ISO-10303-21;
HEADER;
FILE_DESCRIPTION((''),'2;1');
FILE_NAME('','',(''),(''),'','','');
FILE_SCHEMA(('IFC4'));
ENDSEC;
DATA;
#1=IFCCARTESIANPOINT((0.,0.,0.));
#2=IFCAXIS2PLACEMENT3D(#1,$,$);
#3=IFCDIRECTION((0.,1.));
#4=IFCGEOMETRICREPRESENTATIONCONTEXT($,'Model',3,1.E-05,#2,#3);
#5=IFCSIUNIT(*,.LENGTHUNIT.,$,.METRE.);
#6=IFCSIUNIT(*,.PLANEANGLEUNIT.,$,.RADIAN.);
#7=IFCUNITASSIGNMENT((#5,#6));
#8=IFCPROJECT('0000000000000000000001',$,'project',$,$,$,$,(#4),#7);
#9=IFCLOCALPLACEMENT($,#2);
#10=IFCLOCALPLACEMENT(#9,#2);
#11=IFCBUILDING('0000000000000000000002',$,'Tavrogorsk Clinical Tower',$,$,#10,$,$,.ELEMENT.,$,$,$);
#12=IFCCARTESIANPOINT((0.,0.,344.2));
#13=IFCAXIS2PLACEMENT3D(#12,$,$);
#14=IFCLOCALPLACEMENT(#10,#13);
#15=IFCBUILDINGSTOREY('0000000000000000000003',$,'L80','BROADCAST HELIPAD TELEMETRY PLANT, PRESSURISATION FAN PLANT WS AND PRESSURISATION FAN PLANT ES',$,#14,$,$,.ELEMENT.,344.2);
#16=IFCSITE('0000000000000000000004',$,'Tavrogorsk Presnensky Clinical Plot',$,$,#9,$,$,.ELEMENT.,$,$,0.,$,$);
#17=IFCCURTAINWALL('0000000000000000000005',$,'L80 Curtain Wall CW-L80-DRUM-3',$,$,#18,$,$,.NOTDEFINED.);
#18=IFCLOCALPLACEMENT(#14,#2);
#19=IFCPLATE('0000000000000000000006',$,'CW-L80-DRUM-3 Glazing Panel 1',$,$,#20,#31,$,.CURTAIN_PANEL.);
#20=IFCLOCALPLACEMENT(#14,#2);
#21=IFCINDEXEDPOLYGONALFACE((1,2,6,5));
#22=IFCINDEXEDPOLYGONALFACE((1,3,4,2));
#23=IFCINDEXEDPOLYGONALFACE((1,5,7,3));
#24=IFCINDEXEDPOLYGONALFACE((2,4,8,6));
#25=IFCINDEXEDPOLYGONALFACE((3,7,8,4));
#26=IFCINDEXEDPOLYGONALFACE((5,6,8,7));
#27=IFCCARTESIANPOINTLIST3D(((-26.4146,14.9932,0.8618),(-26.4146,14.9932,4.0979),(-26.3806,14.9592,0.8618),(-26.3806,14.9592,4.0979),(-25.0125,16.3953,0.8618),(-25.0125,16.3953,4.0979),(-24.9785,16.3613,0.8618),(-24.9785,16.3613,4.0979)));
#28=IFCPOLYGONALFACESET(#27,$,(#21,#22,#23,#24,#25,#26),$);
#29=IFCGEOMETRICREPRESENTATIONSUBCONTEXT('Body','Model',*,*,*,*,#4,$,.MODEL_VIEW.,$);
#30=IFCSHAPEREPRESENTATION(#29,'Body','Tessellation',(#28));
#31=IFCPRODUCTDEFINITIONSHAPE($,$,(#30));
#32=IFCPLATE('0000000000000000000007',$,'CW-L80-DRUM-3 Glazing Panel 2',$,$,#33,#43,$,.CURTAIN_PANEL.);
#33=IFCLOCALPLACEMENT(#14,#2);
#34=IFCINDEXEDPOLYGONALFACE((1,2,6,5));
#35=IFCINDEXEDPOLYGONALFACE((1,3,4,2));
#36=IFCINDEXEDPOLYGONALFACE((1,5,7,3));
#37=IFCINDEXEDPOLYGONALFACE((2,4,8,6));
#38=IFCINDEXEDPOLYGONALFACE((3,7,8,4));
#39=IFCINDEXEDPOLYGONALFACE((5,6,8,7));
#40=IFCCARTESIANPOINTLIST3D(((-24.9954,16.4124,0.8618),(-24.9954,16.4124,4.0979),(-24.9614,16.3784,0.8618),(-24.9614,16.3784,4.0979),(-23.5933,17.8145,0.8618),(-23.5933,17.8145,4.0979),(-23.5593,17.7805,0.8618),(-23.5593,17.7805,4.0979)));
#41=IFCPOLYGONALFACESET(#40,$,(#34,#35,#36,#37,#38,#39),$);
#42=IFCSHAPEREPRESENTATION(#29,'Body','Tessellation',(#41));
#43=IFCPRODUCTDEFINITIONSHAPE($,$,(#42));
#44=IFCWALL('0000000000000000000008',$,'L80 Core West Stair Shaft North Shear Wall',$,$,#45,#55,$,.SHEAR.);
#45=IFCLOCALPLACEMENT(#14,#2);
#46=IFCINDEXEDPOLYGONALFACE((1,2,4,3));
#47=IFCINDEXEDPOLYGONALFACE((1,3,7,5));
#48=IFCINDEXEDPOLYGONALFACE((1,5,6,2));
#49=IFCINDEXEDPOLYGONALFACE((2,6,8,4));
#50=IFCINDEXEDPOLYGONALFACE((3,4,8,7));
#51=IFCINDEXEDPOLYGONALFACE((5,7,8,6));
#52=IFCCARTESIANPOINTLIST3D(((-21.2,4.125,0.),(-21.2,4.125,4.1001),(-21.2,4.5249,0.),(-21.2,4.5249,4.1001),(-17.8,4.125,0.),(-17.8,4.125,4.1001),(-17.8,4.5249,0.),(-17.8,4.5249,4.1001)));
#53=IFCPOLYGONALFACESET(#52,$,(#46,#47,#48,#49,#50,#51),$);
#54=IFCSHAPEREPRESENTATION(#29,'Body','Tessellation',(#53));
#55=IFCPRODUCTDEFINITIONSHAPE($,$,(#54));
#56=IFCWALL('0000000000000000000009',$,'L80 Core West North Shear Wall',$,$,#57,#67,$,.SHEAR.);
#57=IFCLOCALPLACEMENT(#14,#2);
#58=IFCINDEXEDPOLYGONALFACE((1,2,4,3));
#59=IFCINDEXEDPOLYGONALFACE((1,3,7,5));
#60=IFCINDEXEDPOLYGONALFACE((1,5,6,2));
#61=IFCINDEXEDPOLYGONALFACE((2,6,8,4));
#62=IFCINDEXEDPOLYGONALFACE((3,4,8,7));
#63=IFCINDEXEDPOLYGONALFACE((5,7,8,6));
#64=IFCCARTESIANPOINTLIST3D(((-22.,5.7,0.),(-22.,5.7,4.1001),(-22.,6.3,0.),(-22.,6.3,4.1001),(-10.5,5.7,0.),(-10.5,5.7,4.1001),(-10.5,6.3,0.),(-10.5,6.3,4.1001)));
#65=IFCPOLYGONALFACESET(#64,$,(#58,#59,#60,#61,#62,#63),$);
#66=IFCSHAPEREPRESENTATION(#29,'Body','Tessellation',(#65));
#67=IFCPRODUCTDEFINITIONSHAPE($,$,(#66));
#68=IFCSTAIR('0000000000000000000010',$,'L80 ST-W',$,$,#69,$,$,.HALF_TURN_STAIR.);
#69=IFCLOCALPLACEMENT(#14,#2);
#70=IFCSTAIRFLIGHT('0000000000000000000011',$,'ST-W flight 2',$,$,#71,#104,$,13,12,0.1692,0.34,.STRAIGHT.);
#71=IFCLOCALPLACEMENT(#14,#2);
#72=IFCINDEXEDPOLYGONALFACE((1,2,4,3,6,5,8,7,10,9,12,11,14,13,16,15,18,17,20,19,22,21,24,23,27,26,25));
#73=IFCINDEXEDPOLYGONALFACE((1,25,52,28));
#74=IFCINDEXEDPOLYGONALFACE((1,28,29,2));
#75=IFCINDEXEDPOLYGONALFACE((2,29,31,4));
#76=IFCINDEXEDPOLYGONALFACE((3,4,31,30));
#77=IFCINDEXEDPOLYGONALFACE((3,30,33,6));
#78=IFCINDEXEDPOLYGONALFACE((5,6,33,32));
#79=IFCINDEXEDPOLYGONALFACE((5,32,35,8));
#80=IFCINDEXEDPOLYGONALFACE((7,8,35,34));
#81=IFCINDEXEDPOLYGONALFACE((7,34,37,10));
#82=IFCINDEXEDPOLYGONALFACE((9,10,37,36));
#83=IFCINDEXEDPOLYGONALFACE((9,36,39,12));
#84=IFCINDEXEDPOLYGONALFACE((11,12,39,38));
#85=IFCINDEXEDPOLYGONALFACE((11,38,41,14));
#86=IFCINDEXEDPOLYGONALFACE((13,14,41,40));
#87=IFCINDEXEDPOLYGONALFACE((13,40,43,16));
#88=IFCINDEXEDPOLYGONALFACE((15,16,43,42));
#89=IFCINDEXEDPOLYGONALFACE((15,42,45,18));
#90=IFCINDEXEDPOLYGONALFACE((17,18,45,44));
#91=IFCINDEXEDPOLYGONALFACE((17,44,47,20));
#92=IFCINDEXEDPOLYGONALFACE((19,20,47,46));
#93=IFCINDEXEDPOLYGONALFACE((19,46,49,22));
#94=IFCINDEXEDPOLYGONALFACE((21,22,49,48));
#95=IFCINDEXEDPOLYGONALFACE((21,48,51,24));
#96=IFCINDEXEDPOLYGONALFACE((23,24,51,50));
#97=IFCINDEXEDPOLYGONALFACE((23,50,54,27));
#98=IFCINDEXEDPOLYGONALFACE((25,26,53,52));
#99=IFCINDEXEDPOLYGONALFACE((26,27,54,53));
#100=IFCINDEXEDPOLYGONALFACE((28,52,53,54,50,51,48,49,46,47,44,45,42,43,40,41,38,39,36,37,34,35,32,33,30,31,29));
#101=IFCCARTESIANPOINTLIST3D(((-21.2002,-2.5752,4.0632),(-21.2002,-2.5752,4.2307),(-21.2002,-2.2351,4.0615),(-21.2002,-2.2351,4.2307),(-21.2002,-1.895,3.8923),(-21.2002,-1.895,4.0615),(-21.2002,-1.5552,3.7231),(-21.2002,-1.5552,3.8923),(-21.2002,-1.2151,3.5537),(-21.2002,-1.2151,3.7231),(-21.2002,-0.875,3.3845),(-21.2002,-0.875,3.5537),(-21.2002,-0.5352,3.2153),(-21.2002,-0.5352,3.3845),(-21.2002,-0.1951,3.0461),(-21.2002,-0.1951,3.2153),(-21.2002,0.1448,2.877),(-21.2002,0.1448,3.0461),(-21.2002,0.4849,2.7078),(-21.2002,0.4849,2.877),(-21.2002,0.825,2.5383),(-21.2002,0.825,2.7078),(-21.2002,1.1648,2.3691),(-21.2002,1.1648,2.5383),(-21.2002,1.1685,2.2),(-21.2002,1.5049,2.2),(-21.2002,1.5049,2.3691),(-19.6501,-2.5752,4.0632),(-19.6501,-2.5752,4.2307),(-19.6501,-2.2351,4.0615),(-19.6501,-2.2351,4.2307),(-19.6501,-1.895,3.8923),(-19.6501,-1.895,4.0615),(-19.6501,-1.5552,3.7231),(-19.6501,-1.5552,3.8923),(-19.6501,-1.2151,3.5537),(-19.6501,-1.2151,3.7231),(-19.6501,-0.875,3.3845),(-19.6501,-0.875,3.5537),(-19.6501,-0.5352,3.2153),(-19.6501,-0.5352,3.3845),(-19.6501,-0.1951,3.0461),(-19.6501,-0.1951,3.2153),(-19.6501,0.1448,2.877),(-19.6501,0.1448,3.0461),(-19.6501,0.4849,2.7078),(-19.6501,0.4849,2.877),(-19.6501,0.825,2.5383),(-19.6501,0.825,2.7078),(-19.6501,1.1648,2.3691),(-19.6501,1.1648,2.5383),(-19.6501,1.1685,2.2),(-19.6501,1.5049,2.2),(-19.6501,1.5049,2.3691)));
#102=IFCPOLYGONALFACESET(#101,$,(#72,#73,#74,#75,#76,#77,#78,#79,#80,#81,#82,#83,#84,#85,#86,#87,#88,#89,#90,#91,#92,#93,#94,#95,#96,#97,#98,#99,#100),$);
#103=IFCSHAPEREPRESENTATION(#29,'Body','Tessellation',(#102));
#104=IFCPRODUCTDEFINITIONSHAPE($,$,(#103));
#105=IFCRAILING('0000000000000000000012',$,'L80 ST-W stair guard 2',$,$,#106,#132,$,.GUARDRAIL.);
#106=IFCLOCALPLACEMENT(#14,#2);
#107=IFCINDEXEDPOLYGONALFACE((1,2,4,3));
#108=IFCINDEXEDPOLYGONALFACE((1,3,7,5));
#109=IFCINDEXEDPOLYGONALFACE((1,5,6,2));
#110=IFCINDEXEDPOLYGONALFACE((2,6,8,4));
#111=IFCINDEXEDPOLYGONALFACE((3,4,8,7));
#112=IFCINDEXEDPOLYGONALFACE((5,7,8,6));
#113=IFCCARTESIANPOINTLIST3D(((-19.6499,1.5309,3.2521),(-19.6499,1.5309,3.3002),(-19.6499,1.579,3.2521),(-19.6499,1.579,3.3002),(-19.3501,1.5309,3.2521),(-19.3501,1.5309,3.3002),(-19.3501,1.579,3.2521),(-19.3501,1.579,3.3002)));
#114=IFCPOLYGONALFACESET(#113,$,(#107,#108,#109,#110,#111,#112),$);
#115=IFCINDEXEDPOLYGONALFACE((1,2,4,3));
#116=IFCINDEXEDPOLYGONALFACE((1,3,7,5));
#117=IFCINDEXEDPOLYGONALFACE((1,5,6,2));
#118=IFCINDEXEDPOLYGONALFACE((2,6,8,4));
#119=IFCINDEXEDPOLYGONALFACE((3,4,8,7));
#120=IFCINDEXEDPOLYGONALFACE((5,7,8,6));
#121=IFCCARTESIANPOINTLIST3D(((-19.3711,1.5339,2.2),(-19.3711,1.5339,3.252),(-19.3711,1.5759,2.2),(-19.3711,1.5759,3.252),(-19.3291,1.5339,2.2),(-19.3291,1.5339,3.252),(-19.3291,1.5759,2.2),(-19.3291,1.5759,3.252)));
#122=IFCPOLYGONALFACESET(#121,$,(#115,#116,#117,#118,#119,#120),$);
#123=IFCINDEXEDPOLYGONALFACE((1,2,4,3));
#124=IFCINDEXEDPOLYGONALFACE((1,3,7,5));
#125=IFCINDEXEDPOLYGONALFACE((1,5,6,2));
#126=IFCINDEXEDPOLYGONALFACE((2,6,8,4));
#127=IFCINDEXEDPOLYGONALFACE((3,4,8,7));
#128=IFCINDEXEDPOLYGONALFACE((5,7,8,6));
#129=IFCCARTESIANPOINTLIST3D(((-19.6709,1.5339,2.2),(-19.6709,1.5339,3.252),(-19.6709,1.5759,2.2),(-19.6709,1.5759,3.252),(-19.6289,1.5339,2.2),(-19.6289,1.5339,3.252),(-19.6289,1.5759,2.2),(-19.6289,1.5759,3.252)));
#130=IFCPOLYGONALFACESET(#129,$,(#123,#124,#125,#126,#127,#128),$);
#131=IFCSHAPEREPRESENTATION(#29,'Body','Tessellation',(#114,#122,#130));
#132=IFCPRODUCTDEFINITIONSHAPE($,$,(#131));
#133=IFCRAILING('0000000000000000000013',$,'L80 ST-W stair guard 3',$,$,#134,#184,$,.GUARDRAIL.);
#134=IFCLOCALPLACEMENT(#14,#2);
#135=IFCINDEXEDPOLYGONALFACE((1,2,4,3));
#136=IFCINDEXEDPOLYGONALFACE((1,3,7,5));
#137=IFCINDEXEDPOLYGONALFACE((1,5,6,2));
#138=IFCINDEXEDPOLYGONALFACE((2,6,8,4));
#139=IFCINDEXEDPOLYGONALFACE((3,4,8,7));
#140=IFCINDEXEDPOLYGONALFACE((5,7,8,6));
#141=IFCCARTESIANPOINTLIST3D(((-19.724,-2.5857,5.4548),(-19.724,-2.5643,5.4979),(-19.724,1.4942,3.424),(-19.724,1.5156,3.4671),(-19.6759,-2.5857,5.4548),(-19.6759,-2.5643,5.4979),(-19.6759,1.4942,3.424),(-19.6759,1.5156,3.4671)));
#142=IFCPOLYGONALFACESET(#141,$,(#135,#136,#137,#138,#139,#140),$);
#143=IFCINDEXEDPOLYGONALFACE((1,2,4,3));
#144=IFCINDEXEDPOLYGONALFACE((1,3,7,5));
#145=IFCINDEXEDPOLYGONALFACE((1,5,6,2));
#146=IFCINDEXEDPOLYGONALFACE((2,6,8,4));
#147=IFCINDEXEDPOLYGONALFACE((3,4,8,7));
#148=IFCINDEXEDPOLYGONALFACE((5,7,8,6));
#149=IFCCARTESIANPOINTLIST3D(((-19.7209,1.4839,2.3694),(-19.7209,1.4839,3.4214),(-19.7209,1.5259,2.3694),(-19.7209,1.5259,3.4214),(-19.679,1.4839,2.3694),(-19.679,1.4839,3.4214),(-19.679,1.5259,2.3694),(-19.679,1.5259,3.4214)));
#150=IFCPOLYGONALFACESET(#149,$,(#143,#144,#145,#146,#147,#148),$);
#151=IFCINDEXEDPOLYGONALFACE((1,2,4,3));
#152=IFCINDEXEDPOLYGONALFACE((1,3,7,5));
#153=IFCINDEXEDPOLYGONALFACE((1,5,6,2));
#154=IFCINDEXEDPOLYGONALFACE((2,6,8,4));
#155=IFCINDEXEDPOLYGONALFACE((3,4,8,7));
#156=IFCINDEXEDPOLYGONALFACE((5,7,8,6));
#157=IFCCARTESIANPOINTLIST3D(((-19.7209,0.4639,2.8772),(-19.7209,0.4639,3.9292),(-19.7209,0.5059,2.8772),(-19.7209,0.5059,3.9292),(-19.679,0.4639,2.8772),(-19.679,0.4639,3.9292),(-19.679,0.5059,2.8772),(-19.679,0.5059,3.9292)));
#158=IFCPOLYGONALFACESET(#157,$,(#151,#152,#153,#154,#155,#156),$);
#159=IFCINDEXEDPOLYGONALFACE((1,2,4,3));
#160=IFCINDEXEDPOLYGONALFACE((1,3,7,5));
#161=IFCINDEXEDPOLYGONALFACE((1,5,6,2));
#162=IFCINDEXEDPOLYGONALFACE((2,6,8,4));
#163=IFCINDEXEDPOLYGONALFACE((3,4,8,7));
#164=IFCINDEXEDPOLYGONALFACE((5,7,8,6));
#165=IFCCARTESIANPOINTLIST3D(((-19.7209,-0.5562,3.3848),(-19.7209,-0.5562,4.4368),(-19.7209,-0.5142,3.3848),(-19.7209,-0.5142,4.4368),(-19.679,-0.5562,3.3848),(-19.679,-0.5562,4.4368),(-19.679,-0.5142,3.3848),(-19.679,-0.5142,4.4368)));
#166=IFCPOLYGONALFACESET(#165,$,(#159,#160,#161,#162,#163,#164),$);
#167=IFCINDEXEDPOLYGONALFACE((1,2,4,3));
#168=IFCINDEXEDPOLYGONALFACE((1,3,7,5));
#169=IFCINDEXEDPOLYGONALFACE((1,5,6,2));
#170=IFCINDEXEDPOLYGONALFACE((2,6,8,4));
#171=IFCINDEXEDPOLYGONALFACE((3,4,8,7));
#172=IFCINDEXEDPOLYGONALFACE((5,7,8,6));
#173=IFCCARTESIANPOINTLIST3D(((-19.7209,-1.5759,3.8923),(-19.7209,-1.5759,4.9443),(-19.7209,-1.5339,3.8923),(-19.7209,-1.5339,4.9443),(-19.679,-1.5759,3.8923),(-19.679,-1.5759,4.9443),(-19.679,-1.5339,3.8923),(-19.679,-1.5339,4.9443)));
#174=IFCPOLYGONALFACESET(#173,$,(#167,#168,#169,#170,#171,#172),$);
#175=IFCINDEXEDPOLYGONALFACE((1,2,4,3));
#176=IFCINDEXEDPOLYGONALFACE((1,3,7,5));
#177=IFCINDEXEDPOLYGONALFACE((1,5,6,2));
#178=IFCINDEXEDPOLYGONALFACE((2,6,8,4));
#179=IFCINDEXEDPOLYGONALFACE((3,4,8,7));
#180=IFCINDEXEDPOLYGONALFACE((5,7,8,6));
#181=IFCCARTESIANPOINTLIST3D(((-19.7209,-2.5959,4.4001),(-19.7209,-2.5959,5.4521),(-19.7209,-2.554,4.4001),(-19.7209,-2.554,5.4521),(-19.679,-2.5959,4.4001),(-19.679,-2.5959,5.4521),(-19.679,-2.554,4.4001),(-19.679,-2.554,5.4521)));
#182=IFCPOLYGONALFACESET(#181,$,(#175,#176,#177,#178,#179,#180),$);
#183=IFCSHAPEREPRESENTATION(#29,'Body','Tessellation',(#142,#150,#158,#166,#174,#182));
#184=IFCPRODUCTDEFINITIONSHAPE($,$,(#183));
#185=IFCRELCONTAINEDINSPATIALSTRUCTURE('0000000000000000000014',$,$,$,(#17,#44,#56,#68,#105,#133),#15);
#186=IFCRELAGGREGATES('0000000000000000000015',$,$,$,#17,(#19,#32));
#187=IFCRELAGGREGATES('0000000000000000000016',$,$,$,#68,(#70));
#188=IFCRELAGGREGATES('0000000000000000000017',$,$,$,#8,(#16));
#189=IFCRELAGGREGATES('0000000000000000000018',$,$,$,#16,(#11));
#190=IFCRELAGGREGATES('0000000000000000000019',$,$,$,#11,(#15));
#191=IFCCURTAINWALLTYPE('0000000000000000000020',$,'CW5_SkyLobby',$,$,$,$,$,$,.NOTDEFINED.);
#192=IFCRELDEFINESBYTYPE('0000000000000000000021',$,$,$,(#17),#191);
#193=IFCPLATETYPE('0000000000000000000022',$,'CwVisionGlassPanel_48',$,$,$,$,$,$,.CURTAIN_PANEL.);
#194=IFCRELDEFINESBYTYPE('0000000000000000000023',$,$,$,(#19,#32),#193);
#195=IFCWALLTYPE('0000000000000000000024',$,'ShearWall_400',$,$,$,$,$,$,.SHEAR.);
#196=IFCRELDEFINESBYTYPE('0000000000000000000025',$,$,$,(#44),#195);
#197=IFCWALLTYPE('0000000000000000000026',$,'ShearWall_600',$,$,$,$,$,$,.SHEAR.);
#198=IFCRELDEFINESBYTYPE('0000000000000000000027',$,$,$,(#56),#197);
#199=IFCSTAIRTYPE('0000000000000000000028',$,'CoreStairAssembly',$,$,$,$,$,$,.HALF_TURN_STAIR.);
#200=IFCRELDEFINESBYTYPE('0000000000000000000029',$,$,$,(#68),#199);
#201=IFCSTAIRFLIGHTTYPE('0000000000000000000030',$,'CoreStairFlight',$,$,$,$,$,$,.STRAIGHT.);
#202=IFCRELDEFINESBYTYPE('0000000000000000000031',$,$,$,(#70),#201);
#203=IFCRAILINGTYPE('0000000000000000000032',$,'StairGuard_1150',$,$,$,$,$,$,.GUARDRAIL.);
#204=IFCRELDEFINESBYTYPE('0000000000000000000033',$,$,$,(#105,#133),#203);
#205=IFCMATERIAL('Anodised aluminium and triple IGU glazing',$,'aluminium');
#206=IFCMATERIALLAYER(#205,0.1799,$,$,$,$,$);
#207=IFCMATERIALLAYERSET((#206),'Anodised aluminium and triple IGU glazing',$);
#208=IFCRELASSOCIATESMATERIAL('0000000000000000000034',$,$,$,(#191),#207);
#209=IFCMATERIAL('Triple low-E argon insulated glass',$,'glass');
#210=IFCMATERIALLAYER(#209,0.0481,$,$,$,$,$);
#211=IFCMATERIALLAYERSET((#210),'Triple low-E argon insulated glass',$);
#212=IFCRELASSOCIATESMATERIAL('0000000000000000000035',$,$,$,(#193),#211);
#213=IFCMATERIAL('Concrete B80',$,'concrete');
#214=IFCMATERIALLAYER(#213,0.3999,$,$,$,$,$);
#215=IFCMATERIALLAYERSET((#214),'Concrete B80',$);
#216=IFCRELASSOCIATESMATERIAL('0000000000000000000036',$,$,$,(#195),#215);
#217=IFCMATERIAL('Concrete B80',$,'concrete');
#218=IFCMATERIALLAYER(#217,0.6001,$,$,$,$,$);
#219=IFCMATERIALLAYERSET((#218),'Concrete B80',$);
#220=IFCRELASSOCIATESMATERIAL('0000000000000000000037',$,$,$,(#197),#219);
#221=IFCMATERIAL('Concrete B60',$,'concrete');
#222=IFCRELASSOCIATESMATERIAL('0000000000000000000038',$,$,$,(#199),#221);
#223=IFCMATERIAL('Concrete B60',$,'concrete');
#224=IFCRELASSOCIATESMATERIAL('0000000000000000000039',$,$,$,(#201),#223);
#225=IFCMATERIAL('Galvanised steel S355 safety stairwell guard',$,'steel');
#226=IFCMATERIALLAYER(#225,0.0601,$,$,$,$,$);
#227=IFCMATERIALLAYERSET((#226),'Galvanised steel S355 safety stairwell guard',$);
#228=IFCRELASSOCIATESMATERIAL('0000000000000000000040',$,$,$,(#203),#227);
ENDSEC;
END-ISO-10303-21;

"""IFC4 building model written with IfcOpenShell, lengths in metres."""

from ifc_helpers import new_model, si_unit, direction, frame, frame_2d, origin, origin_2d, place, context, subcontext, project, spatial, polyline, rectangle, outline, extrude, material, layer, layer_set, type_object, element, aggregate, save


model = new_model("IFC4")

# Units and contexts
model_context = context("Model", 3, precision=1e-05, world=origin(), true_north=direction((0.0, 1.0)))
body_context = subcontext(model_context, "Body", "Model", "MODEL_VIEW")
ifc_project = project(units=[si_unit("LENGTHUNIT", "METRE"), si_unit("PLANEANGLEUNIT", "RADIAN")], contexts=[model_context])

# Site, building, storey
site_placement = place(None, origin())
site = spatial("IfcSite", under=ifc_project, at=site_placement, Name="Tavrogorsk Presnensky Clinical Plot", CompositionType="ELEMENT", RefElevation=0.0)
building_placement = place(site_placement, origin())
building = spatial("IfcBuilding", under=site, at=building_placement, Name="Tavrogorsk Clinical Tower", CompositionType="ELEMENT")
storey_placement = place(building_placement, frame((0.0, 0.0, 344.2)))
storey = spatial("IfcBuildingStorey", under=building, at=storey_placement, Name="L80", Description="BROADCAST HELIPAD TELEMETRY PLANT, PRESSURISATION FAN PLANT WS AND PRESSURISATION FAN PLANT ES", CompositionType="ELEMENT", Elevation=344.2)

# Curtain wall
ifc_material_1 = material(Name="Anodised aluminium and triple IGU glazing", Category="aluminium")
ifc_layer_1 = layer(ifc_material_1, 0.1799)
ifc_layer_set_1 = layer_set([ifc_layer_1], Name="Anodised aluminium and triple IGU glazing")
curtain_wall_type = type_object("IfcCurtainWallType", Name="CW5_SkyLobby", PredefinedType="NOTDEFINED", material=ifc_layer_set_1)
curtain_wall_1_placement = place(storey_placement, origin())
curtain_wall_1 = element("IfcCurtainWall", 1, at=curtain_wall_1_placement, inside=storey, type_object=curtain_wall_type, Name="L80 Curtain Wall CW-L80-DRUM-3", PredefinedType="NOTDEFINED")

# Plates
ifc_material_2 = material(Name="Triple low-E argon insulated glass", Category="glass")
ifc_layer_2 = layer(ifc_material_2, 0.0481)
ifc_layer_set_2 = layer_set([ifc_layer_2], Name="Triple low-E argon insulated glass")
plate_type_1 = type_object("IfcPlateType", Name="CwVisionGlassPanel_48", PredefinedType="CURTAIN_PANEL", material=ifc_layer_set_2)
plate_1_placement = place(storey_placement, frame((-25.6965, 15.6772, 0.8618), z_axis=(0.0, 0.0, 1.0), x_axis=(0.707107, 0.707107, 0.0)))
plate_1 = element("IfcPlate", 2, at=plate_1_placement, type_object=plate_type_1, Name="CW-L80-DRUM-3 Glazing Panel 1", PredefinedType="CURTAIN_PANEL", context=body_context, shape_type="SweptSolid", body=[
    extrude(rectangle(XDim=1.9829, YDim=0.0481, at=origin_2d()), origin(), (0.0, 0.0, 1.0), 3.2361),
])
plate_2_placement = place(storey_placement, frame((-24.2773, 17.0964, 0.8618), z_axis=(0.0, 0.0, 1.0), x_axis=(0.707107, 0.707107, 0.0)))
plate_2 = element("IfcPlate", 3, at=plate_2_placement, type_object=plate_type_1, Name="CW-L80-DRUM-3 Glazing Panel 2", PredefinedType="CURTAIN_PANEL", context=body_context, shape_type="SweptSolid", body=[
    extrude(rectangle(XDim=1.9829, YDim=0.0481, at=origin_2d()), origin(), (0.0, 0.0, 1.0), 3.2361),
])
aggregate(curtain_wall_1, [plate_1, plate_2])

# Walls
ifc_material_3 = material(Name="Concrete B80", Category="concrete")
ifc_layer_3 = layer(ifc_material_3, 0.3999)
ifc_layer_set_3 = layer_set([ifc_layer_3], Name="Concrete B80")
wall_type_1 = type_object("IfcWallType", Name="ShearWall_400", PredefinedType="SHEAR", material=ifc_layer_set_3)
wall_1_placement = place(storey_placement, frame((-21.2, 4.325, 0.0), z_axis=(0.0, 0.0, 1.0), x_axis=(1.0, 0.0, 0.0)))
element("IfcWall", 4, at=wall_1_placement, inside=storey, type_object=wall_type_1, Name="L80 Core West Stair Shaft North Shear Wall", PredefinedType="SHEAR", context=body_context, shape_type="SweptSolid", body=[
    extrude(rectangle(XDim=3.3999, YDim=0.3999, at=frame_2d((1.7, 0.0))), origin(), (0.0, 0.0, 1.0), 4.1001),
])
ifc_material_4 = material(Name="Concrete B80", Category="concrete")
ifc_layer_4 = layer(ifc_material_4, 0.6001)
ifc_layer_set_4 = layer_set([ifc_layer_4], Name="Concrete B80")
wall_type_2 = type_object("IfcWallType", Name="ShearWall_600", PredefinedType="SHEAR", material=ifc_layer_set_4)
wall_2_placement = place(storey_placement, frame((-22.0, 6.0, 0.0), z_axis=(0.0, 0.0, 1.0), x_axis=(1.0, 0.0, 0.0)))
element("IfcWall", 5, at=wall_2_placement, inside=storey, type_object=wall_type_2, Name="L80 Core West North Shear Wall", PredefinedType="SHEAR", context=body_context, shape_type="SweptSolid", body=[
    extrude(rectangle(XDim=11.5, YDim=0.6001, at=frame_2d((5.75, 0.0))), origin(), (0.0, 0.0, 1.0), 4.1001),
])

# Stair, stair flight
ifc_material_5 = material(Name="Concrete B60", Category="concrete")
stair_type = type_object("IfcStairType", Name="CoreStairAssembly", PredefinedType="HALF_TURN_STAIR", material=ifc_material_5)
stair_placement = place(storey_placement, origin())
stair = element("IfcStair", 6, at=stair_placement, inside=storey, type_object=stair_type, Name="L80 ST-W", PredefinedType="HALF_TURN_STAIR")
ifc_material_6 = material(Name="Concrete B60", Category="concrete")
stair_flight_type = type_object("IfcStairFlightType", Name="CoreStairFlight", PredefinedType="STRAIGHT", material=ifc_material_6)
stair_flight_placement = place(storey_placement, frame((-20.425, 1.5049, 2.2), z_axis=(0.0, 0.0, 1.0), x_axis=(0.0, -1.0, 0.0)))
stair_flight = element("IfcStairFlight", 7, at=stair_flight_placement, type_object=stair_flight_type, Name="ST-W flight 2", NumberOfRisers=13, NumberOfTreads=12, PredefinedType="STRAIGHT", RiserHeight=0.1692, TreadLength=0.34, context=body_context, shape_type="SweptSolid", body=[
    extrude(outline(polyline([(0.0, 0.0), (0.0, 0.1692), (0.3401, 0.1692), (0.3401, 0.3384), (0.6799, 0.3384), (0.6799, 0.5078), (1.02, 0.5078), (1.02, 0.677), (1.3601, 0.677), (1.3601, 0.8462), (1.7, 0.8462), (1.7, 1.0154), (2.04, 1.0154), (2.04, 1.1846), (2.3799, 1.1846), (2.3799, 1.3538), (2.72, 1.3538), (2.72, 1.5232), (3.0601, 1.5232), (3.0601, 1.6924), (3.3999, 1.6924), (3.3999, 1.8616), (3.74, 1.8616), (3.74, 2.0308), (4.0801, 2.0308), (4.0801, 2.2), (4.0801, 1.8633), (0.3364, 0.0), (0.0, 0.0)])), frame((0.0, 0.7749, 0.0), z_axis=(0.0, -1.0, 0.0), x_axis=(1.0, 0.0, 0.0)), (0.0, 0.0, 1.0), 1.55),
])
aggregate(stair, [stair_flight])

# Railings
ifc_material_7 = material(Name="Galvanised steel S355 safety stairwell guard", Category="steel")
ifc_layer_5 = layer(ifc_material_7, 0.0601)
ifc_layer_set_5 = layer_set([ifc_layer_5], Name="Galvanised steel S355 safety stairwell guard")
railing_type_1 = type_object("IfcRailingType", Name="StairGuard_1150", PredefinedType="GUARDRAIL", material=ifc_layer_set_5)
railing_1_placement = place(storey_placement, frame((-19.3501, 1.5549, 2.2)))
element("IfcRailing", 8, at=railing_1_placement, inside=storey, type_object=railing_type_1, Name="L80 ST-W stair guard 2", PredefinedType="GUARDRAIL", context=body_context, shape_type="SweptSolid", body=[
    extrude(rectangle(XDim=0.0481, YDim=0.0481, at=origin_2d()), frame((0.0, 0.0, 1.0762), z_axis=(-1.0, 0.0, 0.0), x_axis=(0.0, -1.0, 0.0)), (0.0, 0.0, 1.0), 0.2998),
    extrude(rectangle(XDim=0.042, YDim=0.042, at=origin_2d()), origin(), (0.0, 0.0, 1.0), 1.052),
    extrude(rectangle(XDim=0.042, YDim=0.042, at=origin_2d()), frame((-0.2998, 0.0, 0.0)), (0.0, 0.0, 1.0), 1.052),
])
railing_2_placement = place(storey_placement, frame((-19.7, 1.5049, 2.3694)))
element("IfcRailing", 9, at=railing_2_placement, inside=storey, type_object=railing_type_1, Name="L80 ST-W stair guard 3", PredefinedType="GUARDRAIL", context=body_context, shape_type="SweptSolid", body=[
    extrude(rectangle(XDim=0.0481, YDim=0.0481, at=origin_2d()), frame((0.0, 0.0, 1.0762), z_axis=(0.0, -0.895229, 0.445606), x_axis=(1.0, 0.0, 0.0)), (0.0, 0.0, 1.0), 4.5574),
    extrude(rectangle(XDim=0.042, YDim=0.042, at=origin_2d()), origin(), (0.0, 0.0, 1.0), 1.052),
    extrude(rectangle(XDim=0.042, YDim=0.042, at=origin_2d()), frame((0.0, -1.02, 0.5078)), (0.0, 0.0, 1.0), 1.052),
    extrude(rectangle(XDim=0.042, YDim=0.042, at=origin_2d()), frame((0.0, -2.04, 1.0154)), (0.0, 0.0, 1.0), 1.052),
    extrude(rectangle(XDim=0.042, YDim=0.042, at=origin_2d()), frame((0.0, -3.0598, 1.5229)), (0.0, 0.0, 1.0), 1.052),
    extrude(rectangle(XDim=0.042, YDim=0.042, at=origin_2d()), frame((0.0, -4.0798, 2.0308)), (0.0, 0.0, 1.0), 1.052),
])

save(model, "model.ifc")
